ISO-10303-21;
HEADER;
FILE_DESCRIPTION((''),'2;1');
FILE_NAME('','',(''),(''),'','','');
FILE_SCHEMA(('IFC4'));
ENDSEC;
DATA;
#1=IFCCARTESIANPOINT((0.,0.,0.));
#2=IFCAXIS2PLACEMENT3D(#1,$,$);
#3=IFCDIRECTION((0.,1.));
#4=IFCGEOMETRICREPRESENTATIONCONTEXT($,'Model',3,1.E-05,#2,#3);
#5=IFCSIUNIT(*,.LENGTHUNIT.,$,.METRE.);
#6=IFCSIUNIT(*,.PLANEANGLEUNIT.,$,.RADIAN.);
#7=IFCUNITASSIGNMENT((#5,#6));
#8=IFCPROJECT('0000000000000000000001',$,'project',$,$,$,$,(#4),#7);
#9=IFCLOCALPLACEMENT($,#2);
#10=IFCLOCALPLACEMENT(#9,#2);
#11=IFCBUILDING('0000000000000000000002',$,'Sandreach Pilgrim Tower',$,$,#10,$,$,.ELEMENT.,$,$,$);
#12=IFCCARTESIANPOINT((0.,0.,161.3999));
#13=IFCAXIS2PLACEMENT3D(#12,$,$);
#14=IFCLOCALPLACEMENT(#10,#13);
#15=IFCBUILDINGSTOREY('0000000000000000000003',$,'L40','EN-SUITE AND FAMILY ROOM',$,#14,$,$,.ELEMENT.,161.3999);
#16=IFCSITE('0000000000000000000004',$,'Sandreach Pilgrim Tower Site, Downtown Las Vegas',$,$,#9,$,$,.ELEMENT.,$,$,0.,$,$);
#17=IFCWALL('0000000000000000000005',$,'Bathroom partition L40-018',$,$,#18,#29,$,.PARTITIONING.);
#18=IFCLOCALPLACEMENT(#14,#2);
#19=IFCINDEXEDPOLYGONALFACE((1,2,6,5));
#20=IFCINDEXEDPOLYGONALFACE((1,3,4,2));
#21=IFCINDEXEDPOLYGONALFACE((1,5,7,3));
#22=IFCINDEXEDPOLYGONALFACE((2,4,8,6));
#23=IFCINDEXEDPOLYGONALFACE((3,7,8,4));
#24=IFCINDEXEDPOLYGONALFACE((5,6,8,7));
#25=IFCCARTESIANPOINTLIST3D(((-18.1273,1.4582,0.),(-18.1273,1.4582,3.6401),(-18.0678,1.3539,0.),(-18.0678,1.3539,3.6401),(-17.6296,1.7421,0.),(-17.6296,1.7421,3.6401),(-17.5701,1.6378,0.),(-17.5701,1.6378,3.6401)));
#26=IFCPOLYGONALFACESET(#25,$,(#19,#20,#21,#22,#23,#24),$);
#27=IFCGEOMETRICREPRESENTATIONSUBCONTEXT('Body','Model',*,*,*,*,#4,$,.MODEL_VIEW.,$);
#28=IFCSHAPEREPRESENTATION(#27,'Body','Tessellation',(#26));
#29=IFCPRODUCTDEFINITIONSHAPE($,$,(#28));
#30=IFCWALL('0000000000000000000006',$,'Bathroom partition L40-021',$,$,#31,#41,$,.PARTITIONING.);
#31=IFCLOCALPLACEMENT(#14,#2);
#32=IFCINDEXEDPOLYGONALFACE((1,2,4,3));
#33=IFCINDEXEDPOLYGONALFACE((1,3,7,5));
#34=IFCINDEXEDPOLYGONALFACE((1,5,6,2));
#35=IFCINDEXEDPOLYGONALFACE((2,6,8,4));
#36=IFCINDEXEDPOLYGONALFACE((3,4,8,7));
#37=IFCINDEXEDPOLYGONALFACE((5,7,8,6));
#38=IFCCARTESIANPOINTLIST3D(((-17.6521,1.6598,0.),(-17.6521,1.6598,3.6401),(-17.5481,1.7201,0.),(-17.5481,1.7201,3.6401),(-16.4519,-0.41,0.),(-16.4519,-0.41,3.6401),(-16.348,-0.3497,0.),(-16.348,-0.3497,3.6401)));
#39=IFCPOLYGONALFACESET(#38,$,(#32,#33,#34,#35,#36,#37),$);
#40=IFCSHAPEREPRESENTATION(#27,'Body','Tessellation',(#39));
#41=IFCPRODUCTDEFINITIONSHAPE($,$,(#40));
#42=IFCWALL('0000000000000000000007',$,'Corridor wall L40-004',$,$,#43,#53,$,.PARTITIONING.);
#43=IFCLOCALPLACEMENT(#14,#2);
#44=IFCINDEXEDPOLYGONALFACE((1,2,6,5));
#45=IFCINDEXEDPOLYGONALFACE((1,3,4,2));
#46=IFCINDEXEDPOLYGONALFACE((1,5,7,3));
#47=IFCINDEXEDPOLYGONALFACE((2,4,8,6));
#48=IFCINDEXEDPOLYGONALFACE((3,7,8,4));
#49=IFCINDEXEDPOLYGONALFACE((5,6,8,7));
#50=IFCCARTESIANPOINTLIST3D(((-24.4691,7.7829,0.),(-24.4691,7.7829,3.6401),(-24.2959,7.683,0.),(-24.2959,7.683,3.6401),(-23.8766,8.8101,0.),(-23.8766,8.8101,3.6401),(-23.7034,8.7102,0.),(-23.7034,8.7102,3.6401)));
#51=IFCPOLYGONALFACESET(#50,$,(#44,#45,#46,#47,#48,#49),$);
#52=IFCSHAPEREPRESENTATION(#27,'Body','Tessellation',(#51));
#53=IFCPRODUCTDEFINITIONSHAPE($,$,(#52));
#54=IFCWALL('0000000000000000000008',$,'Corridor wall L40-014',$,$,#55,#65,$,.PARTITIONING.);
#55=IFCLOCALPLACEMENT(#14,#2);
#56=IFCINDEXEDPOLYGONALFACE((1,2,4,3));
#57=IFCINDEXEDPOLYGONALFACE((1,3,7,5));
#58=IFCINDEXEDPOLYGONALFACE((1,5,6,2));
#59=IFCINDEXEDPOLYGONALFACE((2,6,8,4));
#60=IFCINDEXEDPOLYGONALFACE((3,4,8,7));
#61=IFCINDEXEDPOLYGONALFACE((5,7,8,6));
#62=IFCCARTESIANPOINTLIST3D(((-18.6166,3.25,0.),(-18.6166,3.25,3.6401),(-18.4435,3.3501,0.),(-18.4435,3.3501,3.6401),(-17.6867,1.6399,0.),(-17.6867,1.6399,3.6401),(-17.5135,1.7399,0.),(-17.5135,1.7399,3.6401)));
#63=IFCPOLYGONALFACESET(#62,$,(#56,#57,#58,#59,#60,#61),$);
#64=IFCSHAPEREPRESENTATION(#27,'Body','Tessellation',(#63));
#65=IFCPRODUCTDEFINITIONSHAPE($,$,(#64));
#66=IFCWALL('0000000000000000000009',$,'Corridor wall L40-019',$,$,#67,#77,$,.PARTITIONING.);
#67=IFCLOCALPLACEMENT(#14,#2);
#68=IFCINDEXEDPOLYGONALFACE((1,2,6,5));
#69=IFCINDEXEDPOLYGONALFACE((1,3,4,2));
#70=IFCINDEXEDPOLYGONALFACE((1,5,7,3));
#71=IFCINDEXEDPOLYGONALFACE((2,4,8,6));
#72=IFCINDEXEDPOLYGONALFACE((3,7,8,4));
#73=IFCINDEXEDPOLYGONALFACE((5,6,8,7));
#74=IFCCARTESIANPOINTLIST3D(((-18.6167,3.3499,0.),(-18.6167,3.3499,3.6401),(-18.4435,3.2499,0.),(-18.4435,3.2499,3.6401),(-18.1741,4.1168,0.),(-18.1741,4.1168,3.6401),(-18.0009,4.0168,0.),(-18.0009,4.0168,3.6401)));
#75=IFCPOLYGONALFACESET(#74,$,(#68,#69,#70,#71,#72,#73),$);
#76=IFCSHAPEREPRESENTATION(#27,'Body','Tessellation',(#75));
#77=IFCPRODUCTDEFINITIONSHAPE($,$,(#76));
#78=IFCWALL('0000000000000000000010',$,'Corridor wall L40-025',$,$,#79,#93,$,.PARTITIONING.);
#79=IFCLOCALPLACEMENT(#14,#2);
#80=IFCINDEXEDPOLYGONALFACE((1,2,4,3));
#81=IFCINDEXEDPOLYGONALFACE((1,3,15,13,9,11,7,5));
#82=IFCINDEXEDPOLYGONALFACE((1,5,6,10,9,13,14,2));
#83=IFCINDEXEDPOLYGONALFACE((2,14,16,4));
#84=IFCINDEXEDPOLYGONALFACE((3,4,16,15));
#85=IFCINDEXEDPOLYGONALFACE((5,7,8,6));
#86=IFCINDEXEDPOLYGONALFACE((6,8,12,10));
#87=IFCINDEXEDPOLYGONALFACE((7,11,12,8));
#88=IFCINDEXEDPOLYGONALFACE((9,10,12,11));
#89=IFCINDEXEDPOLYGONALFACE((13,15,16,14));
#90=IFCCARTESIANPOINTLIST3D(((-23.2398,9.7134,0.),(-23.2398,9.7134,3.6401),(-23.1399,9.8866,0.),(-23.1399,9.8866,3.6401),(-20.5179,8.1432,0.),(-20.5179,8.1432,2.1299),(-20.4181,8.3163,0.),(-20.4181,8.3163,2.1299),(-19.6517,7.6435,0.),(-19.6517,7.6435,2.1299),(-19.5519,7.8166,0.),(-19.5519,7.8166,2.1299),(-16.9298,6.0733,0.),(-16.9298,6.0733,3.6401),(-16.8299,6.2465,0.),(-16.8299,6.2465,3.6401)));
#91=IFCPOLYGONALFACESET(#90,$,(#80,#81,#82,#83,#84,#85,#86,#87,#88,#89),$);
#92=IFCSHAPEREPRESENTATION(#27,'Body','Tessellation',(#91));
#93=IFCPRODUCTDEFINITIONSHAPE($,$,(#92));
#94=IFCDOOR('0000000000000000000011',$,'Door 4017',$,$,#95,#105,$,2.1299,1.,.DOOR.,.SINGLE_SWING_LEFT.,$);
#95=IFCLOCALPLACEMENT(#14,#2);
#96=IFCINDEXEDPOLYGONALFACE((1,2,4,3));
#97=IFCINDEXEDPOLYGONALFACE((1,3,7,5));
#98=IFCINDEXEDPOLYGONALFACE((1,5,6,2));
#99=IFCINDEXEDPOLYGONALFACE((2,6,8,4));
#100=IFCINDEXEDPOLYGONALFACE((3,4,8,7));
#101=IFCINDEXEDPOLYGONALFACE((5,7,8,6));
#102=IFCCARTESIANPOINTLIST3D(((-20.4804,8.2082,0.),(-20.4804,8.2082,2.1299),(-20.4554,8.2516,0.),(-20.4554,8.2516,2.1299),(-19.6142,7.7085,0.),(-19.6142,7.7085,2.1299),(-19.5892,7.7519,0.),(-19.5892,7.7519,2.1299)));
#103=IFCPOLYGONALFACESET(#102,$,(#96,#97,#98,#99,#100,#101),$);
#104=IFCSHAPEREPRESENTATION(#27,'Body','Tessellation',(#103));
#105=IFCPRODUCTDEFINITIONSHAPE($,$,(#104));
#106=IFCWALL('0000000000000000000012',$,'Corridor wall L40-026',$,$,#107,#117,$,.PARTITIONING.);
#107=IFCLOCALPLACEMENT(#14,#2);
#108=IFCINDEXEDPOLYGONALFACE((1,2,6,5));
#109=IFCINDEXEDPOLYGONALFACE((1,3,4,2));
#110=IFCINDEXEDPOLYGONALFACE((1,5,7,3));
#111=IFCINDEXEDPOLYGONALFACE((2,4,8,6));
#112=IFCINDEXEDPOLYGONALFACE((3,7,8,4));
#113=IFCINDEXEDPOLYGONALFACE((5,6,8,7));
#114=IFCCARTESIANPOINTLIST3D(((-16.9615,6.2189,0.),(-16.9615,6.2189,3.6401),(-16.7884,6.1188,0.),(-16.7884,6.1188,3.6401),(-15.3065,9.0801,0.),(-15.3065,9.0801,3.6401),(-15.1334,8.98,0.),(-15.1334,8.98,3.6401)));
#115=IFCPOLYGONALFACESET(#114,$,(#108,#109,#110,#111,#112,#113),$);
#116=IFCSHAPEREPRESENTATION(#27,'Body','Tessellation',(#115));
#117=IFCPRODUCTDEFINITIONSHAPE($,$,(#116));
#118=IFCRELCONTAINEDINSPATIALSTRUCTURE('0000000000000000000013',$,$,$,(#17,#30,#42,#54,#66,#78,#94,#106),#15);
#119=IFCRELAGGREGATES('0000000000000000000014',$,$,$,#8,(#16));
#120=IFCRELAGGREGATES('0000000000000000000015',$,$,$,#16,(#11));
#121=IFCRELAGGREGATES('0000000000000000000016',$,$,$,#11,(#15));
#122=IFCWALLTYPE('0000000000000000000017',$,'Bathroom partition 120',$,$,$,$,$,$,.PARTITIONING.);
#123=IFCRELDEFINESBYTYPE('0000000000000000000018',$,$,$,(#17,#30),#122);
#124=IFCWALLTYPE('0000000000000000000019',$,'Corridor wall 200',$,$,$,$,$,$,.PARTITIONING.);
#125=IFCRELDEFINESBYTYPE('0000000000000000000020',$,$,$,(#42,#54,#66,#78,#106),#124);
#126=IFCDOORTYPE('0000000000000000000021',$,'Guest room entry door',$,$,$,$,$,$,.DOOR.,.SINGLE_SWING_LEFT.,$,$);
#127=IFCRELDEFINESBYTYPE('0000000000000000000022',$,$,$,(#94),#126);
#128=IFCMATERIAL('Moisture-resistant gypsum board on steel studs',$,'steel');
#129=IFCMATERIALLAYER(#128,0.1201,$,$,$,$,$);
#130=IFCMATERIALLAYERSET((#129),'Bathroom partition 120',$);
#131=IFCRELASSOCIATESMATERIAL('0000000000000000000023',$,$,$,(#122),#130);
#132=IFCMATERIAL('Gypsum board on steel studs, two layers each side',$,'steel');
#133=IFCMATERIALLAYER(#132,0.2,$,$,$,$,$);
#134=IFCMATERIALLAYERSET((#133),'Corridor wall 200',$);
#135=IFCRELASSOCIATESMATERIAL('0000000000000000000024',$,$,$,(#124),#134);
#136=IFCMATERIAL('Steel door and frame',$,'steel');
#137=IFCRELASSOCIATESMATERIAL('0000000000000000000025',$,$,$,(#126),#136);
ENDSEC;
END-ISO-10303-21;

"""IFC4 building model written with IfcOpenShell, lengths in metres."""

from ifc_helpers import new_model, si_unit, direction, frame, frame_2d, origin, place, context, subcontext, project, spatial, rectangle, extrude, material, layer, layer_set, type_object, element, fill, save


model = new_model("IFC4")

# Units and contexts
model_context = context("Model", 3, precision=1e-05, world=origin(), true_north=direction((0.0, 1.0)))
body_context = subcontext(model_context, "Body", "Model", "MODEL_VIEW")
ifc_project = project(units=[si_unit("LENGTHUNIT", "METRE"), si_unit("PLANEANGLEUNIT", "RADIAN")], contexts=[model_context])

# Site, building, storey
site_placement = place(None, origin())
site = spatial("IfcSite", under=ifc_project, at=site_placement, Name="Sandreach Pilgrim Tower Site, Downtown Las Vegas", CompositionType="ELEMENT", RefElevation=0.0)
building_placement = place(site_placement, origin())
building = spatial("IfcBuilding", under=site, at=building_placement, Name="Sandreach Pilgrim Tower", CompositionType="ELEMENT")
storey_placement = place(building_placement, frame((0.0, 0.0, 161.3999)))
storey = spatial("IfcBuildingStorey", under=building, at=storey_placement, Name="L40", Description="EN-SUITE AND FAMILY ROOM", CompositionType="ELEMENT", Elevation=161.3999)

# Shared definitions
ifc_material_1 = material(Name="Moisture-resistant gypsum board on steel studs", Category="steel")
ifc_layer_1 = layer(ifc_material_1, 0.1201)
ifc_layer_set_1 = layer_set([ifc_layer_1], Name="Bathroom partition 120")
wall_type_1 = type_object("IfcWallType", Name="Bathroom partition 120", PredefinedType="PARTITIONING", material=ifc_layer_set_1)

# Walls
wall_1_placement = place(storey_placement, frame((-18.0977, 1.406, 0.0), z_axis=(0.0, 0.0, 1.0), x_axis=(0.868636, 0.495451, 0.0)))
element("IfcWall", 1, at=wall_1_placement, inside=storey, type_object=wall_type_1, Name="Bathroom partition L40-018", PredefinedType="PARTITIONING", context=body_context, shape_type="SweptSolid", body=[
    extrude(rectangle(XDim=0.573, YDim=0.1201, at=frame_2d((0.2866, 0.0))), origin(), (0.0, 0.0, 1.0), 3.6401),
])
wall_2_placement = place(storey_placement, frame((-17.6001, 1.6899, 0.0), z_axis=(0.0, 0.0, 1.0), x_axis=(0.501623, -0.865086, 0.0)))
element("IfcWall", 2, at=wall_2_placement, inside=storey, type_object=wall_type_1, Name="Bathroom partition L40-021", PredefinedType="PARTITIONING", context=body_context, shape_type="SweptSolid", body=[
    extrude(rectangle(XDim=2.3926, YDim=0.1201, at=frame_2d((1.1963, 0.0))), origin(), (0.0, 0.0, 1.0), 3.6401),
])

# Shared definitions
ifc_material_2 = material(Name="Gypsum board on steel studs, two layers each side", Category="steel")
ifc_layer_2 = layer(ifc_material_2, 0.2)
ifc_layer_set_2 = layer_set([ifc_layer_2], Name="Corridor wall 200")
wall_type_2 = type_object("IfcWallType", Name="Corridor wall 200", PredefinedType="PARTITIONING", material=ifc_layer_set_2)
ifc_material_3 = material(Name="Steel door and frame", Category="steel")
door_type_1 = type_object("IfcDoorType", Name="Guest room entry door", OperationType="SINGLE_SWING_LEFT", PredefinedType="DOOR", material=ifc_material_3)

# Walls
wall_3_placement = place(storey_placement, frame((-23.79, 8.76, 0.0), z_axis=(0.0, 0.0, 1.0), x_axis=(-0.499705, -0.866196, 0.0)))
element("IfcWall", 3, at=wall_3_placement, inside=storey, type_object=wall_type_2, Name="Corridor wall L40-004", PredefinedType="PARTITIONING", context=body_context, shape_type="SweptSolid", body=[
    extrude(rectangle(XDim=1.1858, YDim=0.2, at=frame_2d((0.5928, 0.0))), origin(), (0.0, 0.0, 1.0), 3.6401),
])
wall_4_placement = place(storey_placement, frame((-18.53, 3.3, 0.0), z_axis=(0.0, 0.0, 1.0), x_axis=(0.500135, -0.865947, 0.0)))
element("IfcWall", 4, at=wall_4_placement, inside=storey, type_object=wall_type_2, Name="Corridor wall L40-014", PredefinedType="PARTITIONING", context=body_context, shape_type="SweptSolid", body=[
    extrude(rectangle(XDim=1.8594, YDim=0.2, at=frame_2d((0.9297, 0.0))), origin(), (0.0, 0.0, 1.0), 3.6401),
])
wall_5_placement = place(storey_placement, frame((-18.0874, 4.0669, 0.0), z_axis=(0.0, 0.0, 1.0), x_axis=(-0.499905, -0.86608, 0.0)))
element("IfcWall", 5, at=wall_5_placement, inside=storey, type_object=wall_type_2, Name="Corridor wall L40-019", PredefinedType="PARTITIONING", context=body_context, shape_type="SweptSolid", body=[
    extrude(rectangle(XDim=0.8855, YDim=0.2, at=frame_2d((0.4429, 0.0))), origin(), (0.0, 0.0, 1.0), 3.6401),
])

# Wall, opening, door
wall_6_placement = place(storey_placement, frame((-16.8799, 6.1599, 0.0), z_axis=(0.0, 0.0, 1.0), x_axis=(-0.866202, 0.499693, 0.0)))
wall_6 = element("IfcWall", 6, at=wall_6_placement, inside=storey, type_object=wall_type_2, Name="Corridor wall L40-025", PredefinedType="PARTITIONING", context=body_context, shape_type="SweptSolid", body=[
    extrude(rectangle(XDim=7.2847, YDim=0.2, at=frame_2d((3.6423, 0.0))), origin(), (0.0, 0.0, 1.0), 3.6401),
])
opening_1_placement = place(wall_6_placement, frame((3.1423, 0.0, 0.0)))
opening_1 = element("IfcOpeningElement", 7, at=opening_1_placement, cuts=wall_6, PredefinedType="OPENING", context=body_context, shape_type="SweptSolid", body=[
    extrude(rectangle(XDim=1.0, YDim=2.1299, at=frame_2d((0.5, 1.0649))), frame((0.0, 0.1001, 0.0), z_axis=(0.0, -1.0, 0.0), x_axis=(1.0, 0.0, 0.0)), (0.0, 0.0, 1.0), 0.2),
])
door_1_placement = place(opening_1_placement, origin())
door_1 = element("IfcDoor", 8, at=door_1_placement, inside=storey, type_object=door_type_1, Name="Door 4017", OperationType="SINGLE_SWING_LEFT", OverallHeight=2.1299, OverallWidth=1.0, PredefinedType="DOOR", context=body_context, shape_type="SweptSolid", body=[
    extrude(rectangle(XDim=1.0, YDim=2.1299, at=frame_2d((0.5, 1.0649))), frame((0.0, 0.0249, 0.0), z_axis=(0.0, -1.0, 0.0), x_axis=(1.0, 0.0, 0.0)), (0.0, 0.0, 1.0), 0.05),
])
fill(opening_1, door_1)

# Wall
wall_7_placement = place(storey_placement, frame((-16.875, 6.1687, 0.0), z_axis=(0.0, 0.0, 1.0), x_axis=(0.50069, 0.865627, 0.0)))
element("IfcWall", 9, at=wall_7_placement, inside=storey, type_object=wall_type_2, Name="Corridor wall L40-026", PredefinedType="PARTITIONING", context=body_context, shape_type="SweptSolid", body=[
    extrude(rectangle(XDim=3.3054, YDim=0.2, at=frame_2d((1.6528, 0.0))), origin(), (0.0, 0.0, 1.0), 3.6401),
])

save(model, "model.ifc")
